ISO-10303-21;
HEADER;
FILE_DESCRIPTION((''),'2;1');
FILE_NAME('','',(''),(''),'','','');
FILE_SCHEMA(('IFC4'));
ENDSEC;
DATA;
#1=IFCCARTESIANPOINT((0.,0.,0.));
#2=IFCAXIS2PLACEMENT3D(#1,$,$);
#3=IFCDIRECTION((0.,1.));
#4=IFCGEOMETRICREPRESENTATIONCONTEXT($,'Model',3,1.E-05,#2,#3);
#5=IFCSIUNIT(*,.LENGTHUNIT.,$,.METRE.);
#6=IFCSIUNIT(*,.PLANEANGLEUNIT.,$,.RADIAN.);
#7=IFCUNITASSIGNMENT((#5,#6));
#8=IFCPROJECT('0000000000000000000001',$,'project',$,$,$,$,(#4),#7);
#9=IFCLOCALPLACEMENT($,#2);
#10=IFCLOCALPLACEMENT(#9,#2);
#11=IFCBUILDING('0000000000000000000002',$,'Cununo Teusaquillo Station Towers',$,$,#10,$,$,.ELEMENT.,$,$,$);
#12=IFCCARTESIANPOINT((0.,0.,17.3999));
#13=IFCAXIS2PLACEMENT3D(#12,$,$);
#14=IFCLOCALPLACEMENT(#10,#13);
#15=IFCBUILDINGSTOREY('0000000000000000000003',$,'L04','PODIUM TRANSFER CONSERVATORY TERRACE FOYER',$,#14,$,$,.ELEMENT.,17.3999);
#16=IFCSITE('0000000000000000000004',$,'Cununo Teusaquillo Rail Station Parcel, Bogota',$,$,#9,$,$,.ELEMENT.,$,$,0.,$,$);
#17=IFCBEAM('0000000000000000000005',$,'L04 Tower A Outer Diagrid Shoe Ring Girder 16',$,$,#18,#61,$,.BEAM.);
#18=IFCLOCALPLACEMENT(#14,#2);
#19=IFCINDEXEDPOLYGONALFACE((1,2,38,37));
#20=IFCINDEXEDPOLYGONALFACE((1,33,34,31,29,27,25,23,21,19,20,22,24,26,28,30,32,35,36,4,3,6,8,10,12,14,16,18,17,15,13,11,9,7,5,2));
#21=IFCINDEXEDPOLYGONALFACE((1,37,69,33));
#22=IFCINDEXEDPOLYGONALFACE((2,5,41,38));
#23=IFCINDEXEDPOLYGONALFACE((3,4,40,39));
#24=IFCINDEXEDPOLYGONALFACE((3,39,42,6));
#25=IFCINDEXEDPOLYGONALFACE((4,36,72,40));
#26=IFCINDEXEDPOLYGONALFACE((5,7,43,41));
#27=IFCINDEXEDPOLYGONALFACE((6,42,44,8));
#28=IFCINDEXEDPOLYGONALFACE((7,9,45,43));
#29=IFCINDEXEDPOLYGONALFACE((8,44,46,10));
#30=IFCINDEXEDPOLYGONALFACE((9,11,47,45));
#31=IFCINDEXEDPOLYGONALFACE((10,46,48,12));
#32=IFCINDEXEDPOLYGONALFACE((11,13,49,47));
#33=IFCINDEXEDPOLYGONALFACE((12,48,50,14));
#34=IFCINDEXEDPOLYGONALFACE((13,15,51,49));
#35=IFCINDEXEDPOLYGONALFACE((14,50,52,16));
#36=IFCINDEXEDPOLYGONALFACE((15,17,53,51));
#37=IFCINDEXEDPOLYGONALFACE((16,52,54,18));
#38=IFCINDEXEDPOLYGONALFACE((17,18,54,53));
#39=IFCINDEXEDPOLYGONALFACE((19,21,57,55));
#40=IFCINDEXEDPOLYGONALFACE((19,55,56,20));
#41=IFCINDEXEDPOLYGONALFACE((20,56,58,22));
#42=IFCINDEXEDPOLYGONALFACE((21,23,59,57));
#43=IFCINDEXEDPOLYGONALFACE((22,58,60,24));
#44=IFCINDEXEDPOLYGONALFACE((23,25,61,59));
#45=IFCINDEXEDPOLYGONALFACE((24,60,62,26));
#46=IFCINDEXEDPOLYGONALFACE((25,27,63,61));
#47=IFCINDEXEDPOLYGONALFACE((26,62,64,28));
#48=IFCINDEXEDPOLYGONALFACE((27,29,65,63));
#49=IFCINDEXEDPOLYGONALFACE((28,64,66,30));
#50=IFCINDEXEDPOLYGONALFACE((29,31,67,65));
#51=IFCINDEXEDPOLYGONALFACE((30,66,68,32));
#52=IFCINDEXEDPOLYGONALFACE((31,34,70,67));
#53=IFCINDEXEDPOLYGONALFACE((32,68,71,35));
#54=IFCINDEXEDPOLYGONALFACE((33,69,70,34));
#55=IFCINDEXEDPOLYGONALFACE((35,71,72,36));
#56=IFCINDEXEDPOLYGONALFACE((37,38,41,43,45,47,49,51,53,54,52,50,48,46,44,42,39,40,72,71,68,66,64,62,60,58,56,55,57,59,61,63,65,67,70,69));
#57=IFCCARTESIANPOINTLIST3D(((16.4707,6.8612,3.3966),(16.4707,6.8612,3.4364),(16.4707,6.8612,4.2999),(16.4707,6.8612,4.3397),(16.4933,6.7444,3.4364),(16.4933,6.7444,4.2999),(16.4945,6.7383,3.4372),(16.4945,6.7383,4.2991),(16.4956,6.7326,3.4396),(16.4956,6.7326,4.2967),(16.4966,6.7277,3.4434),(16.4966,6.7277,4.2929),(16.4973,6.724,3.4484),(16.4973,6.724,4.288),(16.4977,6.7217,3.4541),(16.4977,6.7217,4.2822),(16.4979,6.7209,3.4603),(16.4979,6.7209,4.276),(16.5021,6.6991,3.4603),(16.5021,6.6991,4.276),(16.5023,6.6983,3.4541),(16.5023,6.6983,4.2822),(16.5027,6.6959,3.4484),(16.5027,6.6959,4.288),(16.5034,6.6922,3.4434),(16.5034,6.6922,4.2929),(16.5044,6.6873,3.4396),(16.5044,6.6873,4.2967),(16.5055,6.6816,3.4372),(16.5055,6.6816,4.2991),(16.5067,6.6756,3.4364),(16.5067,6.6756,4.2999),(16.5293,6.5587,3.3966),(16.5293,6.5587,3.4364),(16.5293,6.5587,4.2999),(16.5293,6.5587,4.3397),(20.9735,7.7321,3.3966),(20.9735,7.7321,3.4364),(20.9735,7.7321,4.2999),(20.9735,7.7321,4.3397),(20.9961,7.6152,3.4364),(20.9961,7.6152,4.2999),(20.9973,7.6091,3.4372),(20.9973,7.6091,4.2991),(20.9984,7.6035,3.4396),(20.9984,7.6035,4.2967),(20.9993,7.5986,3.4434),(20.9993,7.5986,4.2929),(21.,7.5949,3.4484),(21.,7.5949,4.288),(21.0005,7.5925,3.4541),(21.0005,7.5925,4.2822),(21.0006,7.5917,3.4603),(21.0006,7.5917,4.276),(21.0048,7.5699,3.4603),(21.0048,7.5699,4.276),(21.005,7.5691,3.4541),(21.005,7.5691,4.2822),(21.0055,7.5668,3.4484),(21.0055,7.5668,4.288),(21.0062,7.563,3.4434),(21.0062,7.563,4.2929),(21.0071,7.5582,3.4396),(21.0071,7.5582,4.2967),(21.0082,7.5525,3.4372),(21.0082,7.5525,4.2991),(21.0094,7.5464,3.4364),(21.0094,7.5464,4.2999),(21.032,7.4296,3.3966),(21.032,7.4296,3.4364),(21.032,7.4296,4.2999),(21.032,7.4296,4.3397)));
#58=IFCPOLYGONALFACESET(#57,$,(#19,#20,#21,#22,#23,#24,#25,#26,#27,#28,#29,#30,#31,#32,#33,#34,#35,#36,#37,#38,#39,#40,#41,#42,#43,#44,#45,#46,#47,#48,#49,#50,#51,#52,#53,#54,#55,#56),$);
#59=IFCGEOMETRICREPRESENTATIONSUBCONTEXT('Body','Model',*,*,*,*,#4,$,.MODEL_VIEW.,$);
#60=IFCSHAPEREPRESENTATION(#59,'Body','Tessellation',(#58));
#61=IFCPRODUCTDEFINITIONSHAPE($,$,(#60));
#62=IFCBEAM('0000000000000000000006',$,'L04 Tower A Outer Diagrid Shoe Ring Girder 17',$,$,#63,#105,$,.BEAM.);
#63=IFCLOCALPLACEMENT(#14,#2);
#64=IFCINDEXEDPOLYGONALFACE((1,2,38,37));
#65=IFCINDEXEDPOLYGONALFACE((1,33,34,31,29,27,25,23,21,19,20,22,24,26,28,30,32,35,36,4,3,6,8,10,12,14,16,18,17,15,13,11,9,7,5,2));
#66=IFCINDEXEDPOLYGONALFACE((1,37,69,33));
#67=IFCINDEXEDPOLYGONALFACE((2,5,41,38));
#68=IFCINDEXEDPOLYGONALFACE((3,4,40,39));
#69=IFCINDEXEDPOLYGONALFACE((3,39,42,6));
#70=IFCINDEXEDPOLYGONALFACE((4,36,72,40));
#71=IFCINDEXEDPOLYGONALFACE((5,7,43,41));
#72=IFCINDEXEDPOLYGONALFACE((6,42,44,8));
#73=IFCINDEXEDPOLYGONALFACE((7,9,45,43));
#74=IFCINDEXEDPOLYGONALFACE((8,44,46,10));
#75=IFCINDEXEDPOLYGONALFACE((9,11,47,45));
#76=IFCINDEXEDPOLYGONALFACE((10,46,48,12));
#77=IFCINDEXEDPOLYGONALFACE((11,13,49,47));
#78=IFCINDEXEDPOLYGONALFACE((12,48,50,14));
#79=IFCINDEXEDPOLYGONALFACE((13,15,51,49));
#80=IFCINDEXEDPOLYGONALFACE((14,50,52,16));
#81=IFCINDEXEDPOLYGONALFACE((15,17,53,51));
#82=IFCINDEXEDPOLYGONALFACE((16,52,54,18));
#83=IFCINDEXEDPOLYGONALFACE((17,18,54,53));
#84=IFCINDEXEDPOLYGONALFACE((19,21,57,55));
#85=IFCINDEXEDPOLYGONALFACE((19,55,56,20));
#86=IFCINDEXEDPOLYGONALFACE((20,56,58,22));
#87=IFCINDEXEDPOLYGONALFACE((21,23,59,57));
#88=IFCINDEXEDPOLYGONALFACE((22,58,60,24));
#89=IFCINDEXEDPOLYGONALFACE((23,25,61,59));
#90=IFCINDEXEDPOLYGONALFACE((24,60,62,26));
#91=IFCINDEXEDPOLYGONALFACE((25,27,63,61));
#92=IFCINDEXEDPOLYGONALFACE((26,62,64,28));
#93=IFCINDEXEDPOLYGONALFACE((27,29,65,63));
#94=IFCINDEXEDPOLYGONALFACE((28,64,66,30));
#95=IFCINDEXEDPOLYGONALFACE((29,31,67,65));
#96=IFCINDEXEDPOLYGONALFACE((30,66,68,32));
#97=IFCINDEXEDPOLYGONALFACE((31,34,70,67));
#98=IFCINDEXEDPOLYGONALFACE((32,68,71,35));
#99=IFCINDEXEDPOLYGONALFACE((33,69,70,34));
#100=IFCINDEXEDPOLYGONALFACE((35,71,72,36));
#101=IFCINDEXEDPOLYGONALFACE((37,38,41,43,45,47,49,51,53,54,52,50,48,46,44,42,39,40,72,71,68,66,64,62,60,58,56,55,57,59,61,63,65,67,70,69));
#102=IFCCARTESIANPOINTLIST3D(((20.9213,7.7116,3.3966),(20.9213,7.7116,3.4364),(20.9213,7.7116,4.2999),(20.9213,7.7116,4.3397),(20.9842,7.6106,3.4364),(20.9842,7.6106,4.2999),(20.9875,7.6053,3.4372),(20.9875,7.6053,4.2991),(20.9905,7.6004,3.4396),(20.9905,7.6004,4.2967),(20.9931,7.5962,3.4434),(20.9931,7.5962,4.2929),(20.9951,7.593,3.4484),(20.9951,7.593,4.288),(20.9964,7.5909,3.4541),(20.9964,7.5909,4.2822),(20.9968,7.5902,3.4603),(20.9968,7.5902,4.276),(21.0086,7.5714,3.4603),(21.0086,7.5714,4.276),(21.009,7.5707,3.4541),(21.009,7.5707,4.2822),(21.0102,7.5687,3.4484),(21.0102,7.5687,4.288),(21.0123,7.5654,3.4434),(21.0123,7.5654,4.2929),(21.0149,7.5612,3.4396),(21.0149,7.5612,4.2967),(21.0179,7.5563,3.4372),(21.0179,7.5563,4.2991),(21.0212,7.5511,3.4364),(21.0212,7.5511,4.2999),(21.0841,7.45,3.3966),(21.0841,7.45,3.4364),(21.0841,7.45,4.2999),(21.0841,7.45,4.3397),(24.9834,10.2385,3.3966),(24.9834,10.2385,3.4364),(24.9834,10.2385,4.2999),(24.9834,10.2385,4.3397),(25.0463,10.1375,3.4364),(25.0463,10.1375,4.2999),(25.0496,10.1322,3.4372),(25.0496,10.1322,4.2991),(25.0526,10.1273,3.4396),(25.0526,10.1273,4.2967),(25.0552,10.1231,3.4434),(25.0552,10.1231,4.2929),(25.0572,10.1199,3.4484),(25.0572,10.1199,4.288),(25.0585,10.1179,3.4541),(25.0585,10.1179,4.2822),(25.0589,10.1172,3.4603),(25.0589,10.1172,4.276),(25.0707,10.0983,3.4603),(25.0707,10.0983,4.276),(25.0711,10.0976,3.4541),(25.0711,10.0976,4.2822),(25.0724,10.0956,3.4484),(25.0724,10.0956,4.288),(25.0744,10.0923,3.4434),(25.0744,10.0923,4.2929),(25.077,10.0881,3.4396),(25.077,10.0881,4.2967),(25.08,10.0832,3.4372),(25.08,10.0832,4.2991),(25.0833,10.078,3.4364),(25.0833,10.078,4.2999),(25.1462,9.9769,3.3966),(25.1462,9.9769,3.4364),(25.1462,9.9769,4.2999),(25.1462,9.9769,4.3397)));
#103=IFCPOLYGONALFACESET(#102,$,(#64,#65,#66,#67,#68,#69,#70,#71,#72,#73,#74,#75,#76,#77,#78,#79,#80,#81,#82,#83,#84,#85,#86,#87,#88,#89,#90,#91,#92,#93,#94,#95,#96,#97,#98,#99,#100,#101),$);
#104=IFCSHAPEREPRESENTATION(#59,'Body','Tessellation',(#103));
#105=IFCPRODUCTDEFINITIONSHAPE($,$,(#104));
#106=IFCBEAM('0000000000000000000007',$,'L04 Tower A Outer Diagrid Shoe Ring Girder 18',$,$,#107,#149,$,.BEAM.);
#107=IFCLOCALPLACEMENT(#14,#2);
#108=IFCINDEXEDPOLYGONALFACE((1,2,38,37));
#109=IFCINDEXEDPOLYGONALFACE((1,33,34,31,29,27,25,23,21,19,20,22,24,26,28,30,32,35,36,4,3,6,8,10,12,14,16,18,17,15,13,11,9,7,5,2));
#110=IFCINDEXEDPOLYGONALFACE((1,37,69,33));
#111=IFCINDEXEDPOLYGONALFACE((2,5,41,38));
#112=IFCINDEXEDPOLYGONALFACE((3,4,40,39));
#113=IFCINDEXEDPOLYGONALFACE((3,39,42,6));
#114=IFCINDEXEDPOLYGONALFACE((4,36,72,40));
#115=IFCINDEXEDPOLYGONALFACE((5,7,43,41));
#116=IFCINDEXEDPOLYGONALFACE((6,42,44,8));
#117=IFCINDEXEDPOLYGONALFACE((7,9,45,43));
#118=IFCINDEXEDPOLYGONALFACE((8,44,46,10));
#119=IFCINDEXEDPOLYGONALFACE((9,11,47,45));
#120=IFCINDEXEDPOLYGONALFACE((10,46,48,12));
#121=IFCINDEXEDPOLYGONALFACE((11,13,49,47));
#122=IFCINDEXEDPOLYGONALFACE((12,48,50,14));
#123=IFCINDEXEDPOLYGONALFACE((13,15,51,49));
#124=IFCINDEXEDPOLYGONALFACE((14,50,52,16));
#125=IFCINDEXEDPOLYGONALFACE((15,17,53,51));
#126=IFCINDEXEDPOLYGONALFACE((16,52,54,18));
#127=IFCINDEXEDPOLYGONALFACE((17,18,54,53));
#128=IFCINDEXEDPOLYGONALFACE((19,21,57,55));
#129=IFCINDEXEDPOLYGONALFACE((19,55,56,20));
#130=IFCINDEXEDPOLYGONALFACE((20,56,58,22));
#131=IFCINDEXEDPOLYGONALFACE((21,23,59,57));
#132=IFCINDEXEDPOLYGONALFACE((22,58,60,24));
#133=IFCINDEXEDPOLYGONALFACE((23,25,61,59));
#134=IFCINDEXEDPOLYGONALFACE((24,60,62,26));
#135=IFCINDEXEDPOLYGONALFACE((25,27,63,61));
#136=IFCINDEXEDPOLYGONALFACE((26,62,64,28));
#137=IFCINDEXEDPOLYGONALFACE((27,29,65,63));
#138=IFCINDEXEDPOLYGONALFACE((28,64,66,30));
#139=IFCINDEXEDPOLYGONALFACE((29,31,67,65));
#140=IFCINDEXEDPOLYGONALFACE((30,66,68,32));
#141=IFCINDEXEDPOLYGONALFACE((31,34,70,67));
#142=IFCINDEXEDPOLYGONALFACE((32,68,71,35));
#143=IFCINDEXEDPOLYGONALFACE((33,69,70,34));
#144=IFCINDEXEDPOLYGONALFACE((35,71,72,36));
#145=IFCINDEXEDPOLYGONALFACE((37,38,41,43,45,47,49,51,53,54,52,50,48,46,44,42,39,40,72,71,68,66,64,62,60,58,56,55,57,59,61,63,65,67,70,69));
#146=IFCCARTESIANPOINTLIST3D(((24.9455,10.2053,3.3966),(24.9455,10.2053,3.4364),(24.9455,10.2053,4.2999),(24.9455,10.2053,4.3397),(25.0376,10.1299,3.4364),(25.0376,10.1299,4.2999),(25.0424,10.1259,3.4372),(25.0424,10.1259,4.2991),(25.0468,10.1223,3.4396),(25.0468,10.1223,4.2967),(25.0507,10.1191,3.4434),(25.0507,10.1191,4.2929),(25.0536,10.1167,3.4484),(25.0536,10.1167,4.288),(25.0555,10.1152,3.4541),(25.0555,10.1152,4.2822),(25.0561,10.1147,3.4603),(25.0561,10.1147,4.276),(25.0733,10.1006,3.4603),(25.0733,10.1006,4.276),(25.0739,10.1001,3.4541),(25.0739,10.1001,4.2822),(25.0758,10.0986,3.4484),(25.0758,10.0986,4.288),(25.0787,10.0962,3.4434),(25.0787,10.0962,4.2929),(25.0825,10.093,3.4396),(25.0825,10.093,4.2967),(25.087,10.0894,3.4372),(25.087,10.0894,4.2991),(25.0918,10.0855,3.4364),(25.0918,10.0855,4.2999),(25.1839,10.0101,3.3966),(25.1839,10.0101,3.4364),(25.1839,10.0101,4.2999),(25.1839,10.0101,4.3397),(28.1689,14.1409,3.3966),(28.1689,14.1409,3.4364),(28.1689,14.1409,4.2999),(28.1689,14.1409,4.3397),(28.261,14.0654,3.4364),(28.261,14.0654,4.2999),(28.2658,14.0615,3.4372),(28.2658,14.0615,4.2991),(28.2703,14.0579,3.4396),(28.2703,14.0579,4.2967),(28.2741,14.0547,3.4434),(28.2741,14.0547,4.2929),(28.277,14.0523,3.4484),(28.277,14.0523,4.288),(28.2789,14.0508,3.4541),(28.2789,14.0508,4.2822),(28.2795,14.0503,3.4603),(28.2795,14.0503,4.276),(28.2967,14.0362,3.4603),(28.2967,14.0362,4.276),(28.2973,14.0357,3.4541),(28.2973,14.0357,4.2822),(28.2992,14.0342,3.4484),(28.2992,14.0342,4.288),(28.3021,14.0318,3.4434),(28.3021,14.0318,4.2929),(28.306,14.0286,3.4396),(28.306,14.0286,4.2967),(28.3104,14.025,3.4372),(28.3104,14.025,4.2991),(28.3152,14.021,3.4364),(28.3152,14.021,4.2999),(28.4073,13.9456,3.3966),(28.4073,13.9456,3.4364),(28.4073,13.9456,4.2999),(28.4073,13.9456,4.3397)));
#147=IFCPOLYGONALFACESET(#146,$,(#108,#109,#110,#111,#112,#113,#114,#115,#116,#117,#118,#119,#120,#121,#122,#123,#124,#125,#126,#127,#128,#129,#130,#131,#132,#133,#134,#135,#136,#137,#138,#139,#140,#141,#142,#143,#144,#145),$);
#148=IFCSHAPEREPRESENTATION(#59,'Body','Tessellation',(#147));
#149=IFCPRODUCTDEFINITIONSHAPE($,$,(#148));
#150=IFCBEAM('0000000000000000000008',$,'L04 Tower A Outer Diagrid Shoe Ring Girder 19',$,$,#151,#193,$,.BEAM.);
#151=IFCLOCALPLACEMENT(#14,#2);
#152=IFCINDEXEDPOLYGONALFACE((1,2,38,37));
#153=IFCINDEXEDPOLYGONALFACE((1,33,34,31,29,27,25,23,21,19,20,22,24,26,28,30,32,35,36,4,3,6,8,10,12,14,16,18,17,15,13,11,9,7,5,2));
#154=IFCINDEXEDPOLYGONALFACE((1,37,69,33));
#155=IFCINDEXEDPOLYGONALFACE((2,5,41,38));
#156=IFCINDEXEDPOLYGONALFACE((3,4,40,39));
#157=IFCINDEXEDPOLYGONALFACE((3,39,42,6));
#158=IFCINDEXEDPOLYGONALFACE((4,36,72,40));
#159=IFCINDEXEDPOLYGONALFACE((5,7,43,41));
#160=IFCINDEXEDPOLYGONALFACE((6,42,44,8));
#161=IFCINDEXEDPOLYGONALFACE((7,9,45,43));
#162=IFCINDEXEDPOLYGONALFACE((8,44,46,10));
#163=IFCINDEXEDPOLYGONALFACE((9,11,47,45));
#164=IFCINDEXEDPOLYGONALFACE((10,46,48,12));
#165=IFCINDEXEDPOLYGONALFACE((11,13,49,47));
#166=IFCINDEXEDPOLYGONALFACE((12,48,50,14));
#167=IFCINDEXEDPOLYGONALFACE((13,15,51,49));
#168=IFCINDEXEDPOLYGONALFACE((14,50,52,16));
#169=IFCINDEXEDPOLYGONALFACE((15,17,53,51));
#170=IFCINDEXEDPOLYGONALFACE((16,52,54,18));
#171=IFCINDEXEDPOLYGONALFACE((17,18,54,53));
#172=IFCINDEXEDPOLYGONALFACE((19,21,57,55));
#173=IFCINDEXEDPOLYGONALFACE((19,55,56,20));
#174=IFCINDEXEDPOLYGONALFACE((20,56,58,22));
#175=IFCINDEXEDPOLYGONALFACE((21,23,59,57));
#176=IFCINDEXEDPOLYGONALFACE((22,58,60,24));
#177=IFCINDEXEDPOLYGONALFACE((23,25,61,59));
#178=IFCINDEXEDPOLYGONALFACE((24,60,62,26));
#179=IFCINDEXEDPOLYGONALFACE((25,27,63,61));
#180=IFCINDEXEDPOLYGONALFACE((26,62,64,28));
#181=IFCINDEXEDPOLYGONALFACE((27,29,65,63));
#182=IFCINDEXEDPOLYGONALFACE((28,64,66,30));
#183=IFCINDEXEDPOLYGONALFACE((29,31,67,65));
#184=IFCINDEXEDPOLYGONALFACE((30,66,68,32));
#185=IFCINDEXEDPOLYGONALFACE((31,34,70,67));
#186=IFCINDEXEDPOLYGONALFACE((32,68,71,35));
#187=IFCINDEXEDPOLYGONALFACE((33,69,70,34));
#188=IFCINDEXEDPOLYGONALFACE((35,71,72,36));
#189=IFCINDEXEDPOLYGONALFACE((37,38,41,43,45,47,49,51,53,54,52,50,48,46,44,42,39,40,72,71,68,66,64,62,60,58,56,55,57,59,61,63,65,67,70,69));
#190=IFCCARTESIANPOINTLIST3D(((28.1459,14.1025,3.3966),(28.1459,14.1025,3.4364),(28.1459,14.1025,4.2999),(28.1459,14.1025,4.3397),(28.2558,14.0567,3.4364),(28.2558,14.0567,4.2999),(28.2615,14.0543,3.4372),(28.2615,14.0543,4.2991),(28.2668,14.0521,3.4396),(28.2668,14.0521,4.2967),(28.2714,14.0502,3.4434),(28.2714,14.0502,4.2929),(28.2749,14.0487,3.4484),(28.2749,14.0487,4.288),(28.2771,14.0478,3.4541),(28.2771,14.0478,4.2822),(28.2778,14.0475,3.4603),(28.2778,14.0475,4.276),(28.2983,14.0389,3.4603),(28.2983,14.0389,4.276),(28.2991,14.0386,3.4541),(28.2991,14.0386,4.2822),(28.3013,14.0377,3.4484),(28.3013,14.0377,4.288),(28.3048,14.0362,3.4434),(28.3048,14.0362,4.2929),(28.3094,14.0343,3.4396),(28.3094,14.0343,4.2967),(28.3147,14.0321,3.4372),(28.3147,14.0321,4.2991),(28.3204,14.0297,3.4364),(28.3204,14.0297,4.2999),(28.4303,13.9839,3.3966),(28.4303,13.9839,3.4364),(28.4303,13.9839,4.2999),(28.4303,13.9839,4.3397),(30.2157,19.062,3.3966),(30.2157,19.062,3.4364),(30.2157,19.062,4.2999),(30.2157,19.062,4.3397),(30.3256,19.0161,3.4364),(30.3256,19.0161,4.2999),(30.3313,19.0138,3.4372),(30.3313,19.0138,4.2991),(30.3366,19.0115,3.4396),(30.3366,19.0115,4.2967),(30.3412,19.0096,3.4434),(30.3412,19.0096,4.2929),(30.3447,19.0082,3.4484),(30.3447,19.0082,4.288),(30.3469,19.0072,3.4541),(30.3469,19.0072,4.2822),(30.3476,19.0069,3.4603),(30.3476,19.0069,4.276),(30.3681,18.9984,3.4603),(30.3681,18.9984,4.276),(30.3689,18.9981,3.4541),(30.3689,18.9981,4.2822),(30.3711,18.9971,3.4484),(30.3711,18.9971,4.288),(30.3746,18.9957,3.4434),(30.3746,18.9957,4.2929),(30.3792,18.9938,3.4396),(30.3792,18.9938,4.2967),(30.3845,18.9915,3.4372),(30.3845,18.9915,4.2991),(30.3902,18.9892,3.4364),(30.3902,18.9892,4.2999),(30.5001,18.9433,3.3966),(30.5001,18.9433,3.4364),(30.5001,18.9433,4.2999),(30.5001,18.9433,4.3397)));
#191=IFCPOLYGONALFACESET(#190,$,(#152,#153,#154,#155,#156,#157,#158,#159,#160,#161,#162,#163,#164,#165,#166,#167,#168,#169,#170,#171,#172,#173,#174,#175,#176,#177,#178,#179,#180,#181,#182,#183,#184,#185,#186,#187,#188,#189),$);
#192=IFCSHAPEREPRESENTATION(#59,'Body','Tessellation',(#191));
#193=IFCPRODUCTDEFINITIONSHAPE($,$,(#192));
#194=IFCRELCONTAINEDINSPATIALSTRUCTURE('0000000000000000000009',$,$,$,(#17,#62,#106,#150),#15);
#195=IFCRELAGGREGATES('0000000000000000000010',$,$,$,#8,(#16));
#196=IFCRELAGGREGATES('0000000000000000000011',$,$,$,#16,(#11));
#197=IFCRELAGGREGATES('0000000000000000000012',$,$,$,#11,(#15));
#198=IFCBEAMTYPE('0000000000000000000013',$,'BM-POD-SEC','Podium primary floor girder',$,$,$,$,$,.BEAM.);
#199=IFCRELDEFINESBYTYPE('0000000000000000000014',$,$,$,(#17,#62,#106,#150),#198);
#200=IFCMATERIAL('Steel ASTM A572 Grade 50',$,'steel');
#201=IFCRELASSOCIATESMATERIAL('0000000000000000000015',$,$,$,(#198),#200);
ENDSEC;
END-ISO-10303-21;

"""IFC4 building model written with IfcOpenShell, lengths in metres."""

from ifc_helpers import new_model, si_unit, direction, frame, origin, origin_2d, place, context, subcontext, project, spatial, i_section, extrude, material, material_profile, profile_set, type_object, element, save


model = new_model("IFC4")

# Units and contexts
model_context = context("Model", 3, precision=1e-05, world=origin(), true_north=direction((0.0, 1.0)))
body_context = subcontext(model_context, "Body", "Model", "MODEL_VIEW")
ifc_project = project(units=[si_unit("LENGTHUNIT", "METRE"), si_unit("PLANEANGLEUNIT", "RADIAN")], contexts=[model_context])

# Site, building, storey
site_placement = place(None, origin())
site = spatial("IfcSite", under=ifc_project, at=site_placement, Name="Cununo Teusaquillo Rail Station Parcel, Bogota", CompositionType="ELEMENT", RefElevation=0.0)
building_placement = place(site_placement, origin())
building = spatial("IfcBuilding", under=site, at=building_placement, Name="Cununo Teusaquillo Station Towers", CompositionType="ELEMENT")
storey_placement = place(building_placement, frame((0.0, 0.0, 17.3999)))
storey = spatial("IfcBuildingStorey", under=building, at=storey_placement, Name="L04", Description="PODIUM TRANSFER CONSERVATORY TERRACE FOYER", CompositionType="ELEMENT", Elevation=17.3999)

# Beams
ifc_material_1 = material(Name="Steel ASTM A572 Grade 50", Category="steel")
ifc_material_profile_1 = material_profile(ifc_material_1, i_section(OverallWidth=0.3081, OverallDepth=0.9431, WebThickness=0.0222, FlangeThickness=0.0398, FilletRadius=0.0239, at=origin_2d()), Name="W36X232")
ifc_profile_set_1 = profile_set([ifc_material_profile_1], Name="Steel ASTM A572 Grade 50")
beam_type_1 = type_object("IfcBeamType", Name="BM-POD-SEC", Description="Podium primary floor girder", PredefinedType="BEAM", material=ifc_profile_set_1)
for number, where, z_axis, x_axis, name in (
    (1, (16.5, 6.71, 3.8682), (0.981806, 0.189888, 0.0), (-0.189888, 0.981806, 0.0), "L04 Tower A Outer Diagrid Shoe Ring Girder 16"),
):
    element("IfcBeam", number, at=place(storey_placement, frame(where, z_axis=z_axis, x_axis=x_axis)), inside=storey, type_object=beam_type_1, Name=name, PredefinedType="BEAM", context=body_context, shape_type="SweptSolid", body=[
        extrude(i_section(OverallWidth=0.3081, OverallDepth=0.9431, WebThickness=0.0222, FlangeThickness=0.0398, FilletRadius=0.0239, at=origin_2d()), origin(), (0.0, 0.0, 1.0), 4.5862),
    ])
beam_1_placement = place(storey_placement, frame((21.0027, 7.5808, 3.8682), z_axis=(0.849115, 0.528209, 0.0), x_axis=(-0.528209, 0.849115, 0.0)))
element("IfcBeam", 2, at=beam_1_placement, inside=storey, type_object=beam_type_1, Name="L04 Tower A Outer Diagrid Shoe Ring Girder 17", PredefinedType="BEAM", context=body_context, shape_type="SweptSolid", body=[
    extrude(i_section(OverallWidth=0.3081, OverallDepth=0.9431, WebThickness=0.0222, FlangeThickness=0.0398, FilletRadius=0.0239, at=origin_2d()), origin(), (0.0, 0.0, 1.0), 4.7839),
])
beam_2_placement = place(storey_placement, frame((25.0647, 10.1077, 3.8682), z_axis=(0.633638, 0.77363, 0.0), x_axis=(-0.77363, 0.633638, 0.0)))
element("IfcBeam", 3, at=beam_2_placement, inside=storey, type_object=beam_type_1, Name="L04 Tower A Outer Diagrid Shoe Ring Girder 18", PredefinedType="BEAM", context=body_context, shape_type="SweptSolid", body=[
    extrude(i_section(OverallWidth=0.3081, OverallDepth=0.9431, WebThickness=0.0222, FlangeThickness=0.0398, FilletRadius=0.0239, at=origin_2d()), origin(), (0.0, 0.0, 1.0), 5.0872),
])
beam_3_placement = place(storey_placement, frame((28.2881, 14.0432, 3.8682), z_axis=(0.385151, 0.922854, 0.0), x_axis=(-0.922854, 0.385151, 0.0)))
element("IfcBeam", 4, at=beam_3_placement, inside=storey, type_object=beam_type_1, Name="L04 Tower A Outer Diagrid Shoe Ring Girder 19", PredefinedType="BEAM", context=body_context, shape_type="SweptSolid", body=[
    extrude(i_section(OverallWidth=0.3081, OverallDepth=0.9431, WebThickness=0.0222, FlangeThickness=0.0398, FilletRadius=0.0239, at=origin_2d()), origin(), (0.0, 0.0, 1.0), 5.374),
])

save(model, "model.ifc")
